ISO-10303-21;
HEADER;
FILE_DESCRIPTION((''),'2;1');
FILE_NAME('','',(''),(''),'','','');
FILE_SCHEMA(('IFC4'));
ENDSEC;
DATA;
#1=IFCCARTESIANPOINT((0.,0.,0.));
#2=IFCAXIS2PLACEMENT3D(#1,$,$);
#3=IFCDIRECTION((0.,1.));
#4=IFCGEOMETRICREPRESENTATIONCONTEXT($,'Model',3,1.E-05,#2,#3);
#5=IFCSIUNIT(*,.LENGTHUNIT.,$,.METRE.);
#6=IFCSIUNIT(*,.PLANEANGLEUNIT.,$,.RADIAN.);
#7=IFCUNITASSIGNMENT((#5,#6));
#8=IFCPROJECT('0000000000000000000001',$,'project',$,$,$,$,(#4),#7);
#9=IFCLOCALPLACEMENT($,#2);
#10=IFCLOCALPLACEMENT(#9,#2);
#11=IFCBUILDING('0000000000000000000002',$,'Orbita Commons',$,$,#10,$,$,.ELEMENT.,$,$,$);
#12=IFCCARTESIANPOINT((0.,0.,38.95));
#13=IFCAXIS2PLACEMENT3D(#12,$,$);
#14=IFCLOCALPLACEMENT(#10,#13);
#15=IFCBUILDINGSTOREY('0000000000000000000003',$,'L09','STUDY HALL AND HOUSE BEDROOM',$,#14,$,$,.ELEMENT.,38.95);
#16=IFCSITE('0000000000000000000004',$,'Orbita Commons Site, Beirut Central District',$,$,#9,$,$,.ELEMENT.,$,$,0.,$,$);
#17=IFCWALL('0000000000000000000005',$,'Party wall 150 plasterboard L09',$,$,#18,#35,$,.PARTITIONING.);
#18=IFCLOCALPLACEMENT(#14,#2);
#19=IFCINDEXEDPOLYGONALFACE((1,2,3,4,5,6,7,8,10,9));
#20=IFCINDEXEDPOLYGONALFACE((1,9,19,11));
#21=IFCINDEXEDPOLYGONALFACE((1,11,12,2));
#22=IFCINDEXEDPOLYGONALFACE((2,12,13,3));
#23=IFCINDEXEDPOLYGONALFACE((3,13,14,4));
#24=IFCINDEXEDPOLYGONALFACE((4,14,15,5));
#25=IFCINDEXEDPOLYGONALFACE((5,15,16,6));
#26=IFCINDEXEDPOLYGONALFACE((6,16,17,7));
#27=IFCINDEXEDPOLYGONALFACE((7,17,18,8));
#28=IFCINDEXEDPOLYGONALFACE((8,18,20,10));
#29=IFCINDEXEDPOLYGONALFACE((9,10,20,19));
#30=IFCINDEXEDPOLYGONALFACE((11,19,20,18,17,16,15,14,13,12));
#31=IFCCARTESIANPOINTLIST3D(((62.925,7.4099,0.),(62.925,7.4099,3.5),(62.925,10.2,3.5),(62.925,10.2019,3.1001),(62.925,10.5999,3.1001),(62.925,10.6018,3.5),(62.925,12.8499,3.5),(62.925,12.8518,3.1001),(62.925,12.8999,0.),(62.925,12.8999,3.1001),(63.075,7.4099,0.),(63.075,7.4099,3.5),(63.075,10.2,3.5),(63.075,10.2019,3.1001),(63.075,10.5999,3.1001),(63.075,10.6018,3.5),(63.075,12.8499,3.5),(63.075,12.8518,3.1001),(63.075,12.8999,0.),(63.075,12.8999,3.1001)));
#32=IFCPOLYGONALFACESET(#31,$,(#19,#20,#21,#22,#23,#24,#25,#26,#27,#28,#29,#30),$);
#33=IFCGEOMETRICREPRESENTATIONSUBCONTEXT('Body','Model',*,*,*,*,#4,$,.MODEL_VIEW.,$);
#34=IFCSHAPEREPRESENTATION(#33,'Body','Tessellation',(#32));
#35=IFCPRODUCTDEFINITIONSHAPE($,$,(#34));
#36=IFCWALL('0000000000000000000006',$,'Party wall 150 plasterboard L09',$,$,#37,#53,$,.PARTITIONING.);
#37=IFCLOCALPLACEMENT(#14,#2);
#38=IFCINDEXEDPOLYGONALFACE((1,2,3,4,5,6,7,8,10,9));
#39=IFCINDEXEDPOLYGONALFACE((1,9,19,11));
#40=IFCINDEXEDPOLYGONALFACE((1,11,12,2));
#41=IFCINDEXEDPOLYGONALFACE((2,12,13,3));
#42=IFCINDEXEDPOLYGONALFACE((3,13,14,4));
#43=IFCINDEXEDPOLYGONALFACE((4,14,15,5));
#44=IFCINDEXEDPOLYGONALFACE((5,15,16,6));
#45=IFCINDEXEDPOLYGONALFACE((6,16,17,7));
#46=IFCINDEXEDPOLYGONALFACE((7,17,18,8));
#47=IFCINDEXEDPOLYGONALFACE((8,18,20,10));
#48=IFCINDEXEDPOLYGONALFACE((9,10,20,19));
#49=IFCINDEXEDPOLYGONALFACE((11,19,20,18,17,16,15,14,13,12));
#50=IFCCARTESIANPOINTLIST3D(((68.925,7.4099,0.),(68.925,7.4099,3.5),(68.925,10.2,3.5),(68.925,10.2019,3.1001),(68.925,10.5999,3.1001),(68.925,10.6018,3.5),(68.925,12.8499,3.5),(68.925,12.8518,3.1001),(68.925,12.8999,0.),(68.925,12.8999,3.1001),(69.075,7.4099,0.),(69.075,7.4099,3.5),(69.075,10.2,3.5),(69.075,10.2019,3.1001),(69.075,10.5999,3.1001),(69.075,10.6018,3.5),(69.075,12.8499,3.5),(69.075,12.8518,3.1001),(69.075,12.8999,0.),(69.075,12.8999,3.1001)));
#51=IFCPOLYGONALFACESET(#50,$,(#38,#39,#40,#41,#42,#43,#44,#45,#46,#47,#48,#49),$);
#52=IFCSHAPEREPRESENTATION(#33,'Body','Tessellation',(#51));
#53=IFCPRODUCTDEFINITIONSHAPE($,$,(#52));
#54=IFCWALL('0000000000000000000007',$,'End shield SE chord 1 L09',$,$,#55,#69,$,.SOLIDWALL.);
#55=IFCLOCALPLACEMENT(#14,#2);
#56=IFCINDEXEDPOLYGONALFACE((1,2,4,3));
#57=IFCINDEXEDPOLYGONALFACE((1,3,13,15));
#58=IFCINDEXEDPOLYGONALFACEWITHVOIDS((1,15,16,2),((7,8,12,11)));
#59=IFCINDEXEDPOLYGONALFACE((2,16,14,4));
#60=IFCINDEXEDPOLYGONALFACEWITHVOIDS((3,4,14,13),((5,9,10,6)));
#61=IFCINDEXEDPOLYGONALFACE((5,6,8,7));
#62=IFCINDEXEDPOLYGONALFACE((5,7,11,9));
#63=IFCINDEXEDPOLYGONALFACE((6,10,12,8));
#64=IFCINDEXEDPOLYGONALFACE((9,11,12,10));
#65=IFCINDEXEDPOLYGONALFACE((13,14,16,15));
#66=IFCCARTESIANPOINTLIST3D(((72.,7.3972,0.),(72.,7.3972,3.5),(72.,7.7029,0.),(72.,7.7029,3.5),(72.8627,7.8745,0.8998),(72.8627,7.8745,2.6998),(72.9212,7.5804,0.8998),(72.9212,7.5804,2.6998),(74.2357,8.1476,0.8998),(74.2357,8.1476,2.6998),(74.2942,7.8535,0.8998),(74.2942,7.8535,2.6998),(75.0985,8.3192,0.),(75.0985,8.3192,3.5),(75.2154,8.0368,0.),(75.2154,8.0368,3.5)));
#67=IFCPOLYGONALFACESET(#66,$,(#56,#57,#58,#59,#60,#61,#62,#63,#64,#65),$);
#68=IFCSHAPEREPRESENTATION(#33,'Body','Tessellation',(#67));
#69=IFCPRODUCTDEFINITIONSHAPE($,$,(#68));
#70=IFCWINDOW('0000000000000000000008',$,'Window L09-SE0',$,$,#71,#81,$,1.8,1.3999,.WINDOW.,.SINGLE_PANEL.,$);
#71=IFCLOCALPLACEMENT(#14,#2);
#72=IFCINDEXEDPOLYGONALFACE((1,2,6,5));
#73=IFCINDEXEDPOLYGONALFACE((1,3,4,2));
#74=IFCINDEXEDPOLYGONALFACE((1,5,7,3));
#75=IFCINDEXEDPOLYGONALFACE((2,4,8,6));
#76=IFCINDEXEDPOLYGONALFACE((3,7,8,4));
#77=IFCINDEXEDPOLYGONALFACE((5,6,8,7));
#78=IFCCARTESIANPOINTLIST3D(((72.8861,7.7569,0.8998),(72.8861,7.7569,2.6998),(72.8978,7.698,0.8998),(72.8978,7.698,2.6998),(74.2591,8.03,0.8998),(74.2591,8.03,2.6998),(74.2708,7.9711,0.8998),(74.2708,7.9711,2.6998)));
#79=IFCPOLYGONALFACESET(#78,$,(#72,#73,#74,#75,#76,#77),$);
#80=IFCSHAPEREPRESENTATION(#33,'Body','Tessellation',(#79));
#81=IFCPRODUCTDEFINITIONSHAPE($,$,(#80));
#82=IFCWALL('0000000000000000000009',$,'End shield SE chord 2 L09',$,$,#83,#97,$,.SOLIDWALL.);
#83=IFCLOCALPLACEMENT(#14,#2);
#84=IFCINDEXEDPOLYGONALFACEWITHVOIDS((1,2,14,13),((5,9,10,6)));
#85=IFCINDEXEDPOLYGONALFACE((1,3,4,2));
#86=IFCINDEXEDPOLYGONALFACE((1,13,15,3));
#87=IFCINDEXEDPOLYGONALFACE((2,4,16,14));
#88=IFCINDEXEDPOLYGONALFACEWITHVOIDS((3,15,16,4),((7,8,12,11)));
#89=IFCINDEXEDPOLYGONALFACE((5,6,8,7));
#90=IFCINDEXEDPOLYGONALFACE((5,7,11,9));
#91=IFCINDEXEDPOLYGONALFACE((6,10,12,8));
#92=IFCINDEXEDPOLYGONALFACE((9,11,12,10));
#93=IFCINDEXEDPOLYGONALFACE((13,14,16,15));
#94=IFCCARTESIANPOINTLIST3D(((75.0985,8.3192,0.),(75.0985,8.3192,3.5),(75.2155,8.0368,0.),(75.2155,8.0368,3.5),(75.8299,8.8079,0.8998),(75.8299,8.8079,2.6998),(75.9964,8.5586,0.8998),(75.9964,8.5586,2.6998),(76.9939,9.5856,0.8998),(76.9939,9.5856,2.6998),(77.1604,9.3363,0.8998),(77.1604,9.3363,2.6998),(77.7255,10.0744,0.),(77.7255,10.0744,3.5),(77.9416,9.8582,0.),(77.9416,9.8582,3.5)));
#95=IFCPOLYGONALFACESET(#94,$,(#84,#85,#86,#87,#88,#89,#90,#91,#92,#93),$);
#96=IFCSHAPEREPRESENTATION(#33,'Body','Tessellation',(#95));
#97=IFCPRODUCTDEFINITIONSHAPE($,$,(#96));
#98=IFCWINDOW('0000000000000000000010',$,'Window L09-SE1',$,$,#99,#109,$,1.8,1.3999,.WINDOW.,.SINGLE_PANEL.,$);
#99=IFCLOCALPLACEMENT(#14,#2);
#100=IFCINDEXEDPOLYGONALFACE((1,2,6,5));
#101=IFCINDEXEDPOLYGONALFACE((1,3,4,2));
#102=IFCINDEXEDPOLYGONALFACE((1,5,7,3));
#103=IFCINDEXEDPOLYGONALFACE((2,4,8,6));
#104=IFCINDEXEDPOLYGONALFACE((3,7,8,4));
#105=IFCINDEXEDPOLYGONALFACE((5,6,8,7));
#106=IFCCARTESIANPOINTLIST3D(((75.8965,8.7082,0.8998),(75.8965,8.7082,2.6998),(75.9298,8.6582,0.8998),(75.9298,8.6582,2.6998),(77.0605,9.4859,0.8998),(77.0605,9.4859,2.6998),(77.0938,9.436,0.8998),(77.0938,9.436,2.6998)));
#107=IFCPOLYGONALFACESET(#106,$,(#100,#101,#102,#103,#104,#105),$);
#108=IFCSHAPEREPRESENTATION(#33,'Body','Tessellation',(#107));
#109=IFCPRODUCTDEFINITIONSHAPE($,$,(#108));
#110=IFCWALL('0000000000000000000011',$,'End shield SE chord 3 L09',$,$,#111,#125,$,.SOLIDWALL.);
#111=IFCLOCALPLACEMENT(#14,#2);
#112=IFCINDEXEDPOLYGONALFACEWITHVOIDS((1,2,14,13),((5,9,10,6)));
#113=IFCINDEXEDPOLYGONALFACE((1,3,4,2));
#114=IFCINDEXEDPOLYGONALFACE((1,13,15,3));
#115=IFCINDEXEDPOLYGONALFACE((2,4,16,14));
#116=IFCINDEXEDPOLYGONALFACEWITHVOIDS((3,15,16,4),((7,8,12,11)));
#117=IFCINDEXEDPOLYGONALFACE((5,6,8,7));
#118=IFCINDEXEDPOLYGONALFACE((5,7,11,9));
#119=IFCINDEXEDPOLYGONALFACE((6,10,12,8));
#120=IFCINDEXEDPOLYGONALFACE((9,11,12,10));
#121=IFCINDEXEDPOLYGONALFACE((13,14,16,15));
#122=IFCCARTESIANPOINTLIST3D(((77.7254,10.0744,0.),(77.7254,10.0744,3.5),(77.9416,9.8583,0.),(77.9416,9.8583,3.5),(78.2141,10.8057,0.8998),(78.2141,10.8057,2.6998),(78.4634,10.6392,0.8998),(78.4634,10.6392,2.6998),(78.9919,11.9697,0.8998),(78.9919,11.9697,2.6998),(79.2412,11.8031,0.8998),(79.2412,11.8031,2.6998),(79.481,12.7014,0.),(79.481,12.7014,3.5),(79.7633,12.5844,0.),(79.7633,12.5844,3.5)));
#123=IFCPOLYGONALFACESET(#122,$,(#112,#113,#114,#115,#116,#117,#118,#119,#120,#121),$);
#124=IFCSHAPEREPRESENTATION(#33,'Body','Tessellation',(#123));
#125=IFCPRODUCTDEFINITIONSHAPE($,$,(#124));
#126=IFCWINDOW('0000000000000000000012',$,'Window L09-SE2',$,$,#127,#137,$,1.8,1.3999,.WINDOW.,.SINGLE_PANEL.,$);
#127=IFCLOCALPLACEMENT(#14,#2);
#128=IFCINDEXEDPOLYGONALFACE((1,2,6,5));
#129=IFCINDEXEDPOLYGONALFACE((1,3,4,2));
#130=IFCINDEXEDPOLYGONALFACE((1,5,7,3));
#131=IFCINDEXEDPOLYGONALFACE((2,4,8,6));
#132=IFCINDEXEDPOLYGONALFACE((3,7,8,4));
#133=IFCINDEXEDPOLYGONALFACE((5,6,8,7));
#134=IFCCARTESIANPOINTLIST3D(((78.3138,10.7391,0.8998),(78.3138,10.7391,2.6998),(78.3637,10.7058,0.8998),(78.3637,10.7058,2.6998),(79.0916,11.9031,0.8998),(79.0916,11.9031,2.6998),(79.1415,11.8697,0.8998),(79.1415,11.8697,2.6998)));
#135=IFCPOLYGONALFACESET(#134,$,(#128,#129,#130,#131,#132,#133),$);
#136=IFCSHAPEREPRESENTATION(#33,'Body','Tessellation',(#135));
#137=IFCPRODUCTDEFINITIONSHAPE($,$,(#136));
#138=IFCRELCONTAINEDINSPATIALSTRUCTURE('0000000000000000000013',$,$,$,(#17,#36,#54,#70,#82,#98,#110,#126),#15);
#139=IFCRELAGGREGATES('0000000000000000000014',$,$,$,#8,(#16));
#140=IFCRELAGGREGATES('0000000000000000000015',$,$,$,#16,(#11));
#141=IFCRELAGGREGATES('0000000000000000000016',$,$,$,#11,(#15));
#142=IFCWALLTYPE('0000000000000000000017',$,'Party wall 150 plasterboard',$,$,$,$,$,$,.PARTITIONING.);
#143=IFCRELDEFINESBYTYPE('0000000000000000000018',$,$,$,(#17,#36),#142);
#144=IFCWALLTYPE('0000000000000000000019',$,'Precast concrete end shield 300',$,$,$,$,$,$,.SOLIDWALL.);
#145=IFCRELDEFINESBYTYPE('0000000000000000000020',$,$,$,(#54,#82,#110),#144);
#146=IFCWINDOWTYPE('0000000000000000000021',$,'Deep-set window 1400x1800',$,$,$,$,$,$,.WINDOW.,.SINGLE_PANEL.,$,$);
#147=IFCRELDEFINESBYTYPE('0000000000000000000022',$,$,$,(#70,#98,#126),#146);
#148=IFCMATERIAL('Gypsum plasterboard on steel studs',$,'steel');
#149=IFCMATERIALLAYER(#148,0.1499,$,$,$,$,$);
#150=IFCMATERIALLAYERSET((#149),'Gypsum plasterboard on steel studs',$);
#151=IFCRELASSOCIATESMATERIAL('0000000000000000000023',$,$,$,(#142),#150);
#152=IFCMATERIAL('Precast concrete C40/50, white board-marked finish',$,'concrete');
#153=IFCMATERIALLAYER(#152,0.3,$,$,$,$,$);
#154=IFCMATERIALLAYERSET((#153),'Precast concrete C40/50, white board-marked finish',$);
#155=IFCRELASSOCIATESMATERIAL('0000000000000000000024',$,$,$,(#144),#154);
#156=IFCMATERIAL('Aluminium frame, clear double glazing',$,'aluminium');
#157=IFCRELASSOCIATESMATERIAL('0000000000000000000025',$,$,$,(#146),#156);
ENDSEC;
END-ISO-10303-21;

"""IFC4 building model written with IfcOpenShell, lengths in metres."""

from ifc_helpers import new_model, si_unit, direction, frame, frame_2d, origin, place, context, subcontext, project, spatial, polyline, rectangle, outline, extrude, material, layer, layer_set, type_object, element, fill, save


model = new_model("IFC4")

# Units and contexts
model_context = context("Model", 3, precision=1e-05, world=origin(), true_north=direction((0.0, 1.0)))
body_context = subcontext(model_context, "Body", "Model", "MODEL_VIEW")
ifc_project = project(units=[si_unit("LENGTHUNIT", "METRE"), si_unit("PLANEANGLEUNIT", "RADIAN")], contexts=[model_context])

# Site, building, storey
site_placement = place(None, origin())
site = spatial("IfcSite", under=ifc_project, at=site_placement, Name="Orbita Commons Site, Beirut Central District", CompositionType="ELEMENT", RefElevation=0.0)
building_placement = place(site_placement, origin())
building = spatial("IfcBuilding", under=site, at=building_placement, Name="Orbita Commons", CompositionType="ELEMENT")
storey_placement = place(building_placement, frame((0.0, 0.0, 38.95)))
storey = spatial("IfcBuildingStorey", under=building, at=storey_placement, Name="L09", Description="STUDY HALL AND HOUSE BEDROOM", CompositionType="ELEMENT", Elevation=38.95)

# Walls
ifc_material_1 = material(Name="Gypsum plasterboard on steel studs", Category="steel")
ifc_layer_1 = layer(ifc_material_1, 0.1499)
ifc_layer_set_1 = layer_set([ifc_layer_1], Name="Gypsum plasterboard on steel studs")
wall_type_1 = type_object("IfcWallType", Name="Party wall 150 plasterboard", PredefinedType="PARTITIONING", material=ifc_layer_set_1)
for number, where, z_axis, x_axis, name in (
    (1, (63.0, 7.4099, 0.0), (0.0, 0.0, 1.0), (0.0, 1.0, 0.0), "Party wall 150 plasterboard L09"),
    (2, (69.0, 7.4099, 0.0), (0.0, 0.0, 1.0), (0.0, 1.0, 0.0), "Party wall 150 plasterboard L09"),
):
    element("IfcWall", number, at=place(storey_placement, frame(where, z_axis=z_axis, x_axis=x_axis)), inside=storey, type_object=wall_type_1, Name=name, PredefinedType="PARTITIONING", context=body_context, shape_type="SweptSolid", body=[
        extrude(outline(polyline([(0.0, 0.0), (5.49, 0.0), (5.49, 3.1001), (5.4419, 3.1001), (5.4399, 3.5), (3.1919, 3.5), (3.1899, 3.1001), (2.792, 3.1001), (2.79, 3.5), (0.0, 3.5), (0.0, 0.0)])), frame((0.0, 0.075, 0.0), z_axis=(0.0, -1.0, 0.0), x_axis=(1.0, 0.0, 0.0)), (0.0, 0.0, 1.0), 0.1499),
    ])

# Walls, openings, windows
ifc_material_2 = material(Name="Precast concrete C40/50, white board-marked finish", Category="concrete")
ifc_layer_2 = layer(ifc_material_2, 0.3)
ifc_layer_set_2 = layer_set([ifc_layer_2], Name="Precast concrete C40/50, white board-marked finish")
wall_type_2 = type_object("IfcWallType", Name="Precast concrete end shield 300", PredefinedType="SOLIDWALL", material=ifc_layer_set_2)
wall_1_placement = place(storey_placement, frame((72.0, 7.55, 0.0), z_axis=(0.0, 0.0, 1.0), x_axis=(0.980787, 0.19508, 0.0)))
wall_1 = element("IfcWall", 3, at=wall_1_placement, inside=storey, type_object=wall_type_2, Name="End shield SE chord 1 L09", PredefinedType="SOLIDWALL", context=body_context, shape_type="SweptSolid", body=[
    extrude(outline(polyline([(-0.0298, -0.1499), (3.2485, -0.1499), (3.189, 0.1499), (0.0298, 0.1499), (-0.0298, -0.1499)])), origin(), (0.0, 0.0, 1.0), 3.5),
])
opening_1_placement = place(wall_1_placement, frame((0.9094, 0.0, 0.8999)))
opening_1 = element("IfcOpeningElement", 4, at=opening_1_placement, cuts=wall_1, PredefinedType="OPENING", context=body_context, shape_type="SweptSolid", body=[
    extrude(rectangle(XDim=1.3999, YDim=1.8, at=frame_2d((0.7, 0.8999))), frame((0.0, 0.1599, 0.0), z_axis=(0.0, -1.0, 0.0), x_axis=(1.0, 0.0, 0.0)), (0.0, 0.0, 1.0), 0.3201),
])
ifc_material_3 = material(Name="Aluminium frame, clear double glazing", Category="aluminium")
window_type = type_object("IfcWindowType", Name="Deep-set window 1400x1800", PartitioningType="SINGLE_PANEL", PredefinedType="WINDOW", material=ifc_material_3)
window_1_placement = place(opening_1_placement, origin())
window_1 = element("IfcWindow", 5, at=window_1_placement, inside=storey, type_object=window_type, Name="Window L09-SE0", OverallHeight=1.8, OverallWidth=1.3999, PartitioningType="SINGLE_PANEL", PredefinedType="WINDOW", context=body_context, shape_type="SweptSolid", body=[
    extrude(rectangle(XDim=1.3999, YDim=1.8, at=frame_2d((0.7, 0.8999))), frame((0.0, 0.03, 0.0), z_axis=(0.0, -1.0, 0.0), x_axis=(1.0, 0.0, 0.0)), (0.0, 0.0, 1.0), 0.0601),
])
fill(opening_1, window_1)
wall_2_placement = place(storey_placement, frame((75.157, 8.178, 0.0), z_axis=(0.0, 0.0, 1.0), x_axis=(0.831478, 0.555558, 0.0)))
wall_2 = element("IfcWall", 6, at=wall_2_placement, inside=storey, type_object=wall_type_2, Name="End shield SE chord 2 L09", PredefinedType="SOLIDWALL", context=body_context, shape_type="SweptSolid", body=[
    extrude(outline(polyline([(-0.0298, -0.1499), (3.2488, -0.1499), (3.1892, 0.1499), (0.0298, 0.1499), (-0.0298, -0.1499)])), origin(), (0.0, 0.0, 1.0), 3.5),
])
opening_2_placement = place(wall_2_placement, frame((0.9094, 0.0, 0.8999)))
opening_2 = element("IfcOpeningElement", 7, at=opening_2_placement, cuts=wall_2, PredefinedType="OPENING", context=body_context, shape_type="SweptSolid", body=[
    extrude(rectangle(XDim=1.3999, YDim=1.8, at=frame_2d((0.7, 0.8999))), frame((0.0, 0.1599, 0.0), z_axis=(0.0, -1.0, 0.0), x_axis=(1.0, 0.0, 0.0)), (0.0, 0.0, 1.0), 0.3201),
])
window_2_placement = place(opening_2_placement, origin())
window_2 = element("IfcWindow", 8, at=window_2_placement, inside=storey, type_object=window_type, Name="Window L09-SE1", OverallHeight=1.8, OverallWidth=1.3999, PartitioningType="SINGLE_PANEL", PredefinedType="WINDOW", context=body_context, shape_type="SweptSolid", body=[
    extrude(rectangle(XDim=1.3999, YDim=1.8, at=frame_2d((0.7, 0.8999))), frame((0.0, 0.03, 0.0), z_axis=(0.0, -1.0, 0.0), x_axis=(1.0, 0.0, 0.0)), (0.0, 0.0, 1.0), 0.0601),
])
fill(opening_2, window_2)
wall_3_placement = place(storey_placement, frame((77.8335, 9.9663, 0.0), z_axis=(0.0, 0.0, 1.0), x_axis=(0.55561, 0.831443, 0.0)))
wall_3 = element("IfcWall", 9, at=wall_3_placement, inside=storey, type_object=wall_type_2, Name="End shield SE chord 3 L09", PredefinedType="SOLIDWALL", context=body_context, shape_type="SweptSolid", body=[
    extrude(outline(polyline([(-0.0298, -0.1499), (3.249, -0.1499), (3.1895, 0.1499), (0.0298, 0.1499), (-0.0298, -0.1499)])), origin(), (0.0, 0.0, 1.0), 3.5),
])
opening_3_placement = place(wall_3_placement, frame((0.9094, 0.0, 0.8999)))
opening_3 = element("IfcOpeningElement", 10, at=opening_3_placement, cuts=wall_3, PredefinedType="OPENING", context=body_context, shape_type="SweptSolid", body=[
    extrude(rectangle(XDim=1.3999, YDim=1.8, at=frame_2d((0.7, 0.8999))), frame((0.0, 0.1599, 0.0), z_axis=(0.0, -1.0, 0.0), x_axis=(1.0, 0.0, 0.0)), (0.0, 0.0, 1.0), 0.3201),
])
window_3_placement = place(opening_3_placement, origin())
window_3 = element("IfcWindow", 11, at=window_3_placement, inside=storey, type_object=window_type, Name="Window L09-SE2", OverallHeight=1.8, OverallWidth=1.3999, PartitioningType="SINGLE_PANEL", PredefinedType="WINDOW", context=body_context, shape_type="SweptSolid", body=[
    extrude(rectangle(XDim=1.3999, YDim=1.8, at=frame_2d((0.7, 0.8999))), frame((0.0, 0.03, 0.0), z_axis=(0.0, -1.0, 0.0), x_axis=(1.0, 0.0, 0.0)), (0.0, 0.0, 1.0), 0.0601),
])
fill(opening_3, window_3)

save(model, "model.ifc")
